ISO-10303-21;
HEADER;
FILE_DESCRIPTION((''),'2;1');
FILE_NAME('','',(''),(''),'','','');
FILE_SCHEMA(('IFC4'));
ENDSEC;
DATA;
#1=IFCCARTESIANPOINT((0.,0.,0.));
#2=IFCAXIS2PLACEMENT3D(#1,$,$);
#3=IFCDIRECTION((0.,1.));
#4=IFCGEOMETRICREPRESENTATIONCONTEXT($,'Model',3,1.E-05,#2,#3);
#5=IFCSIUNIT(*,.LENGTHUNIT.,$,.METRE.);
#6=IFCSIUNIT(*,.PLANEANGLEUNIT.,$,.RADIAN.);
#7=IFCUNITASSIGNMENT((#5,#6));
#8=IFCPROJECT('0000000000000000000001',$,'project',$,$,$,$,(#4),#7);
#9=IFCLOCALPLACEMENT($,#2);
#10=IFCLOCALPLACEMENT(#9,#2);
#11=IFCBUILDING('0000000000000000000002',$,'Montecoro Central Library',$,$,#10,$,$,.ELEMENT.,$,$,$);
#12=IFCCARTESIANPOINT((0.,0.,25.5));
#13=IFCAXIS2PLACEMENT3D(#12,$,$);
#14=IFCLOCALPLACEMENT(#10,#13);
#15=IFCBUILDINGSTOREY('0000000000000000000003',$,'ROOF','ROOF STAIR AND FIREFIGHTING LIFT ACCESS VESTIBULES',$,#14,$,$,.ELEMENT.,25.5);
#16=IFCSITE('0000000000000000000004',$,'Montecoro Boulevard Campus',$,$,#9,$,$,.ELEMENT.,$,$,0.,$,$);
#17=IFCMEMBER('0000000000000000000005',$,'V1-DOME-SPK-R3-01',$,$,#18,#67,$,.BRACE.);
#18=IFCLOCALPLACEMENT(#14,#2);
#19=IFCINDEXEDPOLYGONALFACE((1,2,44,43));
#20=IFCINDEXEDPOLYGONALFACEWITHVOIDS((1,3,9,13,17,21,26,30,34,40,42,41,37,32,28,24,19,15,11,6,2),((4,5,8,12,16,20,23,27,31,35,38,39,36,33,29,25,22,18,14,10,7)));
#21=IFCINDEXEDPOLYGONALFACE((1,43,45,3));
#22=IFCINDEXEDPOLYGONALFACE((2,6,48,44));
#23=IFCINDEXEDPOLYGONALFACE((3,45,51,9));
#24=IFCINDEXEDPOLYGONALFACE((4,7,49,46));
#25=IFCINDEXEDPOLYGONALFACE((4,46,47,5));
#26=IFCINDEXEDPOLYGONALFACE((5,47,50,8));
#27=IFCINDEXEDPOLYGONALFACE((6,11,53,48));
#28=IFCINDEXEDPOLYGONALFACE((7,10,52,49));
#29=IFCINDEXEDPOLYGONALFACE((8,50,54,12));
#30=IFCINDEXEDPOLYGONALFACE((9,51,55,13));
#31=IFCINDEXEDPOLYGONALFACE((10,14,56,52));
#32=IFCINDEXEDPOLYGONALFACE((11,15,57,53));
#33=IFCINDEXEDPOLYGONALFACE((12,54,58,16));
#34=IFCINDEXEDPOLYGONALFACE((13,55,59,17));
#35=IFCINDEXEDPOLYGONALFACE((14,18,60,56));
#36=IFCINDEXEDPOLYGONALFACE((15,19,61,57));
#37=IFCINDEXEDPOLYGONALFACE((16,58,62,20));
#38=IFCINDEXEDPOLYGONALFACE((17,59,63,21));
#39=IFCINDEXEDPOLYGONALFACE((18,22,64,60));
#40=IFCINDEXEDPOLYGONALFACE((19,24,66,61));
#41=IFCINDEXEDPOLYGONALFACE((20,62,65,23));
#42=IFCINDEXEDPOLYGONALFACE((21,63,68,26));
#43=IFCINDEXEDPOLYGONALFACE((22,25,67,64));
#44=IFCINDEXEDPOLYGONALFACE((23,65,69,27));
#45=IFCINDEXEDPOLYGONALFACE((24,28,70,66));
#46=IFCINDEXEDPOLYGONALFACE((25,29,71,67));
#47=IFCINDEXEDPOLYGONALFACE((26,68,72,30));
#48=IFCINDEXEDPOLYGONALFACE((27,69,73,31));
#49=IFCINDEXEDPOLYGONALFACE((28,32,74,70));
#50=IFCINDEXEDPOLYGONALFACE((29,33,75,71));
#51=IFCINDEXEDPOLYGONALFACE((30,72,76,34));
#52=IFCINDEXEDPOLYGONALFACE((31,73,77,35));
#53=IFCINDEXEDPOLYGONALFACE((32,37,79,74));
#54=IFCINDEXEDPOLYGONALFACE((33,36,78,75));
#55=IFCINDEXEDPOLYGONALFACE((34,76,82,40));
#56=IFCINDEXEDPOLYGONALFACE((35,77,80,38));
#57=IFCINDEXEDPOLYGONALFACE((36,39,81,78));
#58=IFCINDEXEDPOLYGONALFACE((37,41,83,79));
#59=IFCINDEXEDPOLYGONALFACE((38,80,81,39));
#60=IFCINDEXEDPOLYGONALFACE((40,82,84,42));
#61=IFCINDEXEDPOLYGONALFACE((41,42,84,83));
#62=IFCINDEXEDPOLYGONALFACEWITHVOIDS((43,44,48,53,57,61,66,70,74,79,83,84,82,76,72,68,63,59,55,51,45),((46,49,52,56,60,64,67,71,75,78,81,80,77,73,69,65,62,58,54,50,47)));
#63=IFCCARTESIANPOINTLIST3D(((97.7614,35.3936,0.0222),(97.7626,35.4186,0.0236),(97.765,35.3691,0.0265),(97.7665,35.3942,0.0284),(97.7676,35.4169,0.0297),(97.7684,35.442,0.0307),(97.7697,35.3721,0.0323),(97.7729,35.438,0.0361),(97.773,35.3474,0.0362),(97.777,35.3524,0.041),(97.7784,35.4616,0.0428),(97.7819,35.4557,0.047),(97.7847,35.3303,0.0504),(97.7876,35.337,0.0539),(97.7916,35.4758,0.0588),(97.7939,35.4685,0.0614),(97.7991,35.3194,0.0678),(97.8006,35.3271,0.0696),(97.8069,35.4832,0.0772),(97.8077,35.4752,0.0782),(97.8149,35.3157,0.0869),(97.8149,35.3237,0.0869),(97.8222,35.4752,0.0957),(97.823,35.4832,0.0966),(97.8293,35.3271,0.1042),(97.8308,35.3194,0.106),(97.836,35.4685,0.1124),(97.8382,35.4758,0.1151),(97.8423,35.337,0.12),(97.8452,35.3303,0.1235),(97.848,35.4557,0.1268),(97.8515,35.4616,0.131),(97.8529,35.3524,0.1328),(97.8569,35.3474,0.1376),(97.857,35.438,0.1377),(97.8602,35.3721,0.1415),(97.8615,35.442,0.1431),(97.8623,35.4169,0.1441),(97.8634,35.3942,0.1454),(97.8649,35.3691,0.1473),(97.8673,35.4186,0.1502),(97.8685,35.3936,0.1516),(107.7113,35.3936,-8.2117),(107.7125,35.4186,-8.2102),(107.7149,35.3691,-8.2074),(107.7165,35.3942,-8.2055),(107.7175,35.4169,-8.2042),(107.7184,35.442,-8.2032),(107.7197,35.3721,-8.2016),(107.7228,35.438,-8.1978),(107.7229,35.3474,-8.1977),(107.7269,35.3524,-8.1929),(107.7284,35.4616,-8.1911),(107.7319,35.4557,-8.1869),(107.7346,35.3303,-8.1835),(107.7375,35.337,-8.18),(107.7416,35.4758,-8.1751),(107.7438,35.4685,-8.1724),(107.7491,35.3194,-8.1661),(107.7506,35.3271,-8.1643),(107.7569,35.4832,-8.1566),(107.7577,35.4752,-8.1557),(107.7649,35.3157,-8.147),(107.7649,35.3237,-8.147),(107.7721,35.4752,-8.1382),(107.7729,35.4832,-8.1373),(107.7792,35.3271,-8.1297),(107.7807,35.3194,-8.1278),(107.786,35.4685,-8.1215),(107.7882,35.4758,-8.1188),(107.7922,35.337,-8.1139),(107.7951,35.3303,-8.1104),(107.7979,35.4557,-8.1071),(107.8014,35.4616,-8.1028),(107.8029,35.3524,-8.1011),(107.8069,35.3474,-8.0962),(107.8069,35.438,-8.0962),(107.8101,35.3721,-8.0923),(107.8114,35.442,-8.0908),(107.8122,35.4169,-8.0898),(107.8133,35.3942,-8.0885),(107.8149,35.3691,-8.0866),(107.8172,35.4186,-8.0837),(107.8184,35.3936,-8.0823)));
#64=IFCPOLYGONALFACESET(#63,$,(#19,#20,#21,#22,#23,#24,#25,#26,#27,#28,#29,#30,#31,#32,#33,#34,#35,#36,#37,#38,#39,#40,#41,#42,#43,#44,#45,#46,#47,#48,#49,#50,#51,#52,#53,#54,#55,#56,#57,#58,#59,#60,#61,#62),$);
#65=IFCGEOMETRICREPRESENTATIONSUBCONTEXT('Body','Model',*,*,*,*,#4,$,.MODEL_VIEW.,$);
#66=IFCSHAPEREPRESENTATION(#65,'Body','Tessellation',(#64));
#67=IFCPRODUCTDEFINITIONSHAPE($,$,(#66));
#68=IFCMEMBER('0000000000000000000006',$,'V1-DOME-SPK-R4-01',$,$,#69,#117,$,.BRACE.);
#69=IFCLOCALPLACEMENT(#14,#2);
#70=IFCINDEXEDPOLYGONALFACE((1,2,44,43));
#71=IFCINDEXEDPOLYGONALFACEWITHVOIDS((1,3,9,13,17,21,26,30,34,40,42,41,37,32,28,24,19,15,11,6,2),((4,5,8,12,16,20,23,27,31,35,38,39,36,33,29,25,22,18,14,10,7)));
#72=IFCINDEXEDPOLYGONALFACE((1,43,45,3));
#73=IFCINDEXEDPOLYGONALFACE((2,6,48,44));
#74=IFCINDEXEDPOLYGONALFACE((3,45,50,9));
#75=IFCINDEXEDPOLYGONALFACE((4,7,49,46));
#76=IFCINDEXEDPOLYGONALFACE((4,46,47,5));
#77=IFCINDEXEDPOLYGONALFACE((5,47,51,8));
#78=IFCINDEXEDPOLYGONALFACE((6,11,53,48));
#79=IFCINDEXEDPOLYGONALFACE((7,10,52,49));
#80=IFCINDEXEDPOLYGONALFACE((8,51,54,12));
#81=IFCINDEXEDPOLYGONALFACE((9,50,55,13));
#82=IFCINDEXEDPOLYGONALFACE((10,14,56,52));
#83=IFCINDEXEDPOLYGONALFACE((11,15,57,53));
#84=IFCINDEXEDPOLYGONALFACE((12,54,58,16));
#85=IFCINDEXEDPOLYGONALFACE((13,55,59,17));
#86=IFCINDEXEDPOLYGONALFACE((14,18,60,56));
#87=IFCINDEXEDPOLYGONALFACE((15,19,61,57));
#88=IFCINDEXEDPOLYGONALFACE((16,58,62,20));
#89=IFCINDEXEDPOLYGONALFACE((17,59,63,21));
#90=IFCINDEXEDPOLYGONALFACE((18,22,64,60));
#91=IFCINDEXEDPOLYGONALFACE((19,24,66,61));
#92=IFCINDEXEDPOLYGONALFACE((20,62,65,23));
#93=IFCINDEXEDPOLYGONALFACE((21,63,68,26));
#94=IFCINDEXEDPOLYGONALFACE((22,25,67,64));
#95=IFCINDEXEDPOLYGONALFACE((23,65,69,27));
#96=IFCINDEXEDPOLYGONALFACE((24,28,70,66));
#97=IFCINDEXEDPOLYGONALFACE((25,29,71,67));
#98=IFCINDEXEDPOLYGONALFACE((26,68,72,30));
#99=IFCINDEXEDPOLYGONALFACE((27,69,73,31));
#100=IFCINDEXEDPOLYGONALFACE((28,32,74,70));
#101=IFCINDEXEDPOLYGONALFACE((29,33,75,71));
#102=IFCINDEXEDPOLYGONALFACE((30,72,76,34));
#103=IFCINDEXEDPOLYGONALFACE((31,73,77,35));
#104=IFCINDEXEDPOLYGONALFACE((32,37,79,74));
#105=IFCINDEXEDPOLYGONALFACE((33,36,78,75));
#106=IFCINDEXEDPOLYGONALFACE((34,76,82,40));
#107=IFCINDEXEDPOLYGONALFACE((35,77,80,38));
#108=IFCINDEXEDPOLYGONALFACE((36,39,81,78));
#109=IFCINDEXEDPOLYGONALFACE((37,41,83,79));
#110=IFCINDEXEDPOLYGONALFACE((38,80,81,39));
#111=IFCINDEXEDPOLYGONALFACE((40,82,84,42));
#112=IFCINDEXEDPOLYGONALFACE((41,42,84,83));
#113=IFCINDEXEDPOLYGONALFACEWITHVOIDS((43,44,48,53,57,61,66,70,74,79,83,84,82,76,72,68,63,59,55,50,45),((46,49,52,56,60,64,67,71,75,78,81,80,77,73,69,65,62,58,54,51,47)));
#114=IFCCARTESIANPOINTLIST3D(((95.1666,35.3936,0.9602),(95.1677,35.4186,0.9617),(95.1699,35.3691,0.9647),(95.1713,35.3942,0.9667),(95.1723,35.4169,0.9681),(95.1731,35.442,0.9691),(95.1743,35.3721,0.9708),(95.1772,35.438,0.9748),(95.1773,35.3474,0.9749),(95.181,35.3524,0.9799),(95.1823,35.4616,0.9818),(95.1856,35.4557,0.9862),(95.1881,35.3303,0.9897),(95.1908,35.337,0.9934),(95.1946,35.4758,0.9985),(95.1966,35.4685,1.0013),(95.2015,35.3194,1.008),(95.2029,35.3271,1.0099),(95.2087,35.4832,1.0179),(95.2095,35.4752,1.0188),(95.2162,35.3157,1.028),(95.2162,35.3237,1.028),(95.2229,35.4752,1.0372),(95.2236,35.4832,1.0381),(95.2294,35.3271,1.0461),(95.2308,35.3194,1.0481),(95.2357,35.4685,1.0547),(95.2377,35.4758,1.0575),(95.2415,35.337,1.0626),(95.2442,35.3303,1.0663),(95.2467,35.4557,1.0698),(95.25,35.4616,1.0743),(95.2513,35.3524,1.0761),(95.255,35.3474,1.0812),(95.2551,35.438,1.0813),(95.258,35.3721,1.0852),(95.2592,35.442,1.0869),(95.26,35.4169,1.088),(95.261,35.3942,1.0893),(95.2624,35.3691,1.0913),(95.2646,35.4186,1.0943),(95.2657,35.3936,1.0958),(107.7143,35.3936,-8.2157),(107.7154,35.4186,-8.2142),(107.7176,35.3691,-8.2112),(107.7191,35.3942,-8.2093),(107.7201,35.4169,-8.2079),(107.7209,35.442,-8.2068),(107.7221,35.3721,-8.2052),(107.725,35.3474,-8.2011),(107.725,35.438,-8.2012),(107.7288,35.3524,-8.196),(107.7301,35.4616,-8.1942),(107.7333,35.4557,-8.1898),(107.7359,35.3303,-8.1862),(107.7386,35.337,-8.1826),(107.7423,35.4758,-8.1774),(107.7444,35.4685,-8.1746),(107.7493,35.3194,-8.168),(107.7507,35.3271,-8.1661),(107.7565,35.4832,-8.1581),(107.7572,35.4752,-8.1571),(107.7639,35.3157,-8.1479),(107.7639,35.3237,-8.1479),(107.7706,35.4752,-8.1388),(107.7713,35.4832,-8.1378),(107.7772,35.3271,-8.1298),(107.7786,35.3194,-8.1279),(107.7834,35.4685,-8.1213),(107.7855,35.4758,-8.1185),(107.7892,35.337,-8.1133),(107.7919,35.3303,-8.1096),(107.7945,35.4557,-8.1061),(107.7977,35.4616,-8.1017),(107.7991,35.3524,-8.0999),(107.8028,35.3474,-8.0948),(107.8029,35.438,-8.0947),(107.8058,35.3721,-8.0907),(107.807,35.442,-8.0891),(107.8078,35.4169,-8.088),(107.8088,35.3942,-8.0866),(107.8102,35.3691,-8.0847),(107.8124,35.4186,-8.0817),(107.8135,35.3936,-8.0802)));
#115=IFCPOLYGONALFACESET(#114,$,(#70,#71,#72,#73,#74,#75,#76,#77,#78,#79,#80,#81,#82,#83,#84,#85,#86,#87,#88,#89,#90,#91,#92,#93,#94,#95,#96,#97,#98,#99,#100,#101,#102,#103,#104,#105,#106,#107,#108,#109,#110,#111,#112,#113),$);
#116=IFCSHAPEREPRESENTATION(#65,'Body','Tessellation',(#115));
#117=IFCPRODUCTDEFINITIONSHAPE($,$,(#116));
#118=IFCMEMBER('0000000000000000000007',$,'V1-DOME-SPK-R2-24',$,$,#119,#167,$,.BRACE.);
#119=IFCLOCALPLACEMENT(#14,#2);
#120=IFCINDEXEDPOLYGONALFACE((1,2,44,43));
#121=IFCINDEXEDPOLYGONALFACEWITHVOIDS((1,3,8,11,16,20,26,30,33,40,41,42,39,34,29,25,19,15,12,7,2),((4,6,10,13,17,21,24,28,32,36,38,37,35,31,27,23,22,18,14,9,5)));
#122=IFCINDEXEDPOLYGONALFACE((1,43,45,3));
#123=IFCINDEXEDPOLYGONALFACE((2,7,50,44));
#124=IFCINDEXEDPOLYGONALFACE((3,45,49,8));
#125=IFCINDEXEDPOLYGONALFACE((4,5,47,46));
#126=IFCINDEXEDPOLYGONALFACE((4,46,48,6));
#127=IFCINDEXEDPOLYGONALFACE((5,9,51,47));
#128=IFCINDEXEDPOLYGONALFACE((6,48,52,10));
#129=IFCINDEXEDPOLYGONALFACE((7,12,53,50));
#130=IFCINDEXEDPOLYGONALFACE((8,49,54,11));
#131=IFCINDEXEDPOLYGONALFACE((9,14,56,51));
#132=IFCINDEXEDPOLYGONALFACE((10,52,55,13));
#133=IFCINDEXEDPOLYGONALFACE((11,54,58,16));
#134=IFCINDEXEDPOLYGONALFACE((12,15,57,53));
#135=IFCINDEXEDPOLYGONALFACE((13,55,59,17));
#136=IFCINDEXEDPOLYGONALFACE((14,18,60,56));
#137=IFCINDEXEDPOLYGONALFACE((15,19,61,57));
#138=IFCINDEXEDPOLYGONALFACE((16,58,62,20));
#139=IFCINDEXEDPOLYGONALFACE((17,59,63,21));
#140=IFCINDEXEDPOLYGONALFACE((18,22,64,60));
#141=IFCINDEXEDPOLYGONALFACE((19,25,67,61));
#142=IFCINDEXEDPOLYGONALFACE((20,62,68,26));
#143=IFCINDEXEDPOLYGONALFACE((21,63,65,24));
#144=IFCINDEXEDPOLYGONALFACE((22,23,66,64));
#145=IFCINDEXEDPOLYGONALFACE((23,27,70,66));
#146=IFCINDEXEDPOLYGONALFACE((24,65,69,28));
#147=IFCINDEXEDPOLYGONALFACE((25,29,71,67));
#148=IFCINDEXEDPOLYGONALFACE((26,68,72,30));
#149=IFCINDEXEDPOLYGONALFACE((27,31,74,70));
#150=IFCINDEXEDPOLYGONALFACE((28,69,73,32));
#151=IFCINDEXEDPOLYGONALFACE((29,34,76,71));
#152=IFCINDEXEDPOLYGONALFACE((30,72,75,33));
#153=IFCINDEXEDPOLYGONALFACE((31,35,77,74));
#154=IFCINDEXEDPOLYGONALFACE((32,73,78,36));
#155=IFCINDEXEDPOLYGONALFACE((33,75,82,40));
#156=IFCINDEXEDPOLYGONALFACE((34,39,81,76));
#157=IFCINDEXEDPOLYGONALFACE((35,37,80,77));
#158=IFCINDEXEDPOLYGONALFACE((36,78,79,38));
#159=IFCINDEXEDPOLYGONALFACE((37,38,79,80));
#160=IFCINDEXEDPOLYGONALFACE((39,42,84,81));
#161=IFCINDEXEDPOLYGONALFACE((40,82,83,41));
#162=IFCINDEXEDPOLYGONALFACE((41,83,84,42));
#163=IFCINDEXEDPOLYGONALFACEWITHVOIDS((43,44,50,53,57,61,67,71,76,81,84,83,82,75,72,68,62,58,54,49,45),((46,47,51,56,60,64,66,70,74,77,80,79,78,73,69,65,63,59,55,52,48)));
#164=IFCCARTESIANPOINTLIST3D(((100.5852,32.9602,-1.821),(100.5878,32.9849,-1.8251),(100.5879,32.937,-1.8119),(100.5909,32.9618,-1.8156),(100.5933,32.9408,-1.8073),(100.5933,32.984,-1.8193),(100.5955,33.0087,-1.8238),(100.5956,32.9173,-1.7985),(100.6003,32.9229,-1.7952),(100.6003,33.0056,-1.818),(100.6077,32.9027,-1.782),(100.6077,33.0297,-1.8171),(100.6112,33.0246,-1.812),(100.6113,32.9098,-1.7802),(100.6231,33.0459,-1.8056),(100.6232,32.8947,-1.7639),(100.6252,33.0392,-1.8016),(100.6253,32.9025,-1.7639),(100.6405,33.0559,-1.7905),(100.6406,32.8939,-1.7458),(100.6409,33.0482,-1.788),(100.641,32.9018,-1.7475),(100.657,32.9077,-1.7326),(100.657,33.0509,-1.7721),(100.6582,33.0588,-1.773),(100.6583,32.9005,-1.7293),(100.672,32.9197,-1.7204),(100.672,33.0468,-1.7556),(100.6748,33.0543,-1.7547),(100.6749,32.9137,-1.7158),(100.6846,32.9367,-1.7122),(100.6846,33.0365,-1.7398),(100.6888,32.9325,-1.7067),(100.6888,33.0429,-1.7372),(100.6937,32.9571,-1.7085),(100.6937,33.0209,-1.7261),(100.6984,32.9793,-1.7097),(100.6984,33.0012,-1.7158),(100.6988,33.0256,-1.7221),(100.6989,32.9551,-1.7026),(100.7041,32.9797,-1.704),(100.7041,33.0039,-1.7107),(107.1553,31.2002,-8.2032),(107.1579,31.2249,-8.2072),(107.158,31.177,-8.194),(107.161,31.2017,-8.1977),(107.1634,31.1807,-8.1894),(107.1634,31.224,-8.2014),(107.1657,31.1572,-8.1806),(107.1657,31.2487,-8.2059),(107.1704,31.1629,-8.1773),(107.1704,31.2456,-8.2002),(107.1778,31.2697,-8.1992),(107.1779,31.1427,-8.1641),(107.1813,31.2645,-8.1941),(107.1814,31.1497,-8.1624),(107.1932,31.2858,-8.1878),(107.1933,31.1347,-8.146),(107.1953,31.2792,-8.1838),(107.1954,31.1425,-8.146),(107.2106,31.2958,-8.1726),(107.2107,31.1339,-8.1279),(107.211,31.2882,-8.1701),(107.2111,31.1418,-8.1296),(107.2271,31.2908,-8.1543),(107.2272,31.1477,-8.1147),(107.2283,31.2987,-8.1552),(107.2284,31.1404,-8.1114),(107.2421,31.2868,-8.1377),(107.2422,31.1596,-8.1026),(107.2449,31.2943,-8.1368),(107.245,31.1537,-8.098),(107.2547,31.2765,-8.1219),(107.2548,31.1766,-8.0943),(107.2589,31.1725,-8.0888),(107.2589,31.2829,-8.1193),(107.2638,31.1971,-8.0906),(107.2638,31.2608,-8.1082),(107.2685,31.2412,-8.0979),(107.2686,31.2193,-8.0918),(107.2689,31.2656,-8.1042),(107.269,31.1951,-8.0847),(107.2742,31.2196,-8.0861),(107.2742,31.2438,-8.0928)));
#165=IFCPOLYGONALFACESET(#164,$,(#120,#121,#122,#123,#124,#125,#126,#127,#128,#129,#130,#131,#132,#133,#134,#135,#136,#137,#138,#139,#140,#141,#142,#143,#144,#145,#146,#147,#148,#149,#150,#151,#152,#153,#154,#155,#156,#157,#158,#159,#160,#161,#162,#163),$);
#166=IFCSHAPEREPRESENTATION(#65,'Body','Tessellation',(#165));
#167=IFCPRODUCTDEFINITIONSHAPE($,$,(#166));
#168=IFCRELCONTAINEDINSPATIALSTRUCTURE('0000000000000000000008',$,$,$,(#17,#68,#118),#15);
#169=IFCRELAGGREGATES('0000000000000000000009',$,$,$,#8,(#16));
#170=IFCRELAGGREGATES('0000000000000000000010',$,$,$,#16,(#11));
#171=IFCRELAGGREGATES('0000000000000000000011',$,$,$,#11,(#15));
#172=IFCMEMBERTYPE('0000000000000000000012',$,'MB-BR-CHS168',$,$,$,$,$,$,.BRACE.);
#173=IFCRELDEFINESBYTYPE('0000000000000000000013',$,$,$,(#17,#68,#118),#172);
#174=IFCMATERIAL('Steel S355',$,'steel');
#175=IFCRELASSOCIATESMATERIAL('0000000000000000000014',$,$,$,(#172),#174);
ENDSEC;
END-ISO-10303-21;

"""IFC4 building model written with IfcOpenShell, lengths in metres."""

from ifc_helpers import new_model, si_unit, direction, frame, origin, origin_2d, place, context, subcontext, project, spatial, hollow_circle, extrude, material, material_profile, profile_set, type_object, element, save


model = new_model("IFC4")

# Units and contexts
model_context = context("Model", 3, precision=1e-05, world=origin(), true_north=direction((0.0, 1.0)))
body_context = subcontext(model_context, "Body", "Model", "MODEL_VIEW")
ifc_project = project(units=[si_unit("LENGTHUNIT", "METRE"), si_unit("PLANEANGLEUNIT", "RADIAN")], contexts=[model_context])

# Site, building, storey
site_placement = place(None, origin())
site = spatial("IfcSite", under=ifc_project, at=site_placement, Name="Montecoro Boulevard Campus", CompositionType="ELEMENT", RefElevation=0.0)
building_placement = place(site_placement, origin())
building = spatial("IfcBuilding", under=site, at=building_placement, Name="Montecoro Central Library", CompositionType="ELEMENT")
storey_placement = place(building_placement, frame((0.0, 0.0, 25.5)))
storey = spatial("IfcBuildingStorey", under=building, at=storey_placement, Name="ROOF", Description="ROOF STAIR AND FIREFIGHTING LIFT ACCESS VESTIBULES", CompositionType="ELEMENT", Elevation=25.5)

# Members
ifc_material_1 = material(Name="Steel S355", Category="steel")
ifc_material_profile_1 = material_profile(ifc_material_1, hollow_circle(Radius=0.0842, WallThickness=0.0081, at=origin_2d()), Name="CHS 168.3x8.0")
ifc_profile_set_1 = profile_set([ifc_material_profile_1], Name="Steel S355")
member_type_1 = type_object("IfcMemberType", Name="MB-BR-CHS168", PredefinedType="BRACE", material=ifc_profile_set_1)
member_1_placement = place(storey_placement, frame((107.7649, 35.3999, -8.147), z_axis=(-0.770415, 0.0, 0.637542), x_axis=(0.0, -1.0, 0.0)))
element("IfcMember", 1, at=member_1_placement, inside=storey, type_object=member_type_1, Name="V1-DOME-SPK-R3-01", PredefinedType="BRACE", context=body_context, shape_type="SweptSolid", body=[
    extrude(hollow_circle(Radius=0.0842, WallThickness=0.0081, at=origin_2d()), origin(), (0.0, 0.0, 1.0), 12.915),
])
member_2_placement = place(storey_placement, frame((107.7639, 35.3999, -8.1479), z_axis=(-0.807194, 0.0, 0.590287), x_axis=(0.0, -1.0, 0.0)))
element("IfcMember", 2, at=member_2_placement, inside=storey, type_object=member_type_1, Name="V1-DOME-SPK-R4-01", PredefinedType="BRACE", context=body_context, shape_type="SweptSolid", body=[
    extrude(hollow_circle(Radius=0.0842, WallThickness=0.0081, at=origin_2d()), origin(), (0.0, 0.0, 1.0), 15.5449),
])
member_3_placement = place(storey_placement, frame((107.2151, 31.2161, -8.146), z_axis=(-0.704408, 0.188699, 0.684253), x_axis=(-0.258759, -0.965942, 0.0)))
element("IfcMember", 3, at=member_3_placement, inside=storey, type_object=member_type_1, Name="V1-DOME-SPK-R2-24", PredefinedType="BRACE", context=body_context, shape_type="SweptSolid", body=[
    extrude(hollow_circle(Radius=0.0842, WallThickness=0.0081, at=origin_2d()), origin(), (0.0, 0.0, 1.0), 9.3271),
])

save(model, "model.ifc")
